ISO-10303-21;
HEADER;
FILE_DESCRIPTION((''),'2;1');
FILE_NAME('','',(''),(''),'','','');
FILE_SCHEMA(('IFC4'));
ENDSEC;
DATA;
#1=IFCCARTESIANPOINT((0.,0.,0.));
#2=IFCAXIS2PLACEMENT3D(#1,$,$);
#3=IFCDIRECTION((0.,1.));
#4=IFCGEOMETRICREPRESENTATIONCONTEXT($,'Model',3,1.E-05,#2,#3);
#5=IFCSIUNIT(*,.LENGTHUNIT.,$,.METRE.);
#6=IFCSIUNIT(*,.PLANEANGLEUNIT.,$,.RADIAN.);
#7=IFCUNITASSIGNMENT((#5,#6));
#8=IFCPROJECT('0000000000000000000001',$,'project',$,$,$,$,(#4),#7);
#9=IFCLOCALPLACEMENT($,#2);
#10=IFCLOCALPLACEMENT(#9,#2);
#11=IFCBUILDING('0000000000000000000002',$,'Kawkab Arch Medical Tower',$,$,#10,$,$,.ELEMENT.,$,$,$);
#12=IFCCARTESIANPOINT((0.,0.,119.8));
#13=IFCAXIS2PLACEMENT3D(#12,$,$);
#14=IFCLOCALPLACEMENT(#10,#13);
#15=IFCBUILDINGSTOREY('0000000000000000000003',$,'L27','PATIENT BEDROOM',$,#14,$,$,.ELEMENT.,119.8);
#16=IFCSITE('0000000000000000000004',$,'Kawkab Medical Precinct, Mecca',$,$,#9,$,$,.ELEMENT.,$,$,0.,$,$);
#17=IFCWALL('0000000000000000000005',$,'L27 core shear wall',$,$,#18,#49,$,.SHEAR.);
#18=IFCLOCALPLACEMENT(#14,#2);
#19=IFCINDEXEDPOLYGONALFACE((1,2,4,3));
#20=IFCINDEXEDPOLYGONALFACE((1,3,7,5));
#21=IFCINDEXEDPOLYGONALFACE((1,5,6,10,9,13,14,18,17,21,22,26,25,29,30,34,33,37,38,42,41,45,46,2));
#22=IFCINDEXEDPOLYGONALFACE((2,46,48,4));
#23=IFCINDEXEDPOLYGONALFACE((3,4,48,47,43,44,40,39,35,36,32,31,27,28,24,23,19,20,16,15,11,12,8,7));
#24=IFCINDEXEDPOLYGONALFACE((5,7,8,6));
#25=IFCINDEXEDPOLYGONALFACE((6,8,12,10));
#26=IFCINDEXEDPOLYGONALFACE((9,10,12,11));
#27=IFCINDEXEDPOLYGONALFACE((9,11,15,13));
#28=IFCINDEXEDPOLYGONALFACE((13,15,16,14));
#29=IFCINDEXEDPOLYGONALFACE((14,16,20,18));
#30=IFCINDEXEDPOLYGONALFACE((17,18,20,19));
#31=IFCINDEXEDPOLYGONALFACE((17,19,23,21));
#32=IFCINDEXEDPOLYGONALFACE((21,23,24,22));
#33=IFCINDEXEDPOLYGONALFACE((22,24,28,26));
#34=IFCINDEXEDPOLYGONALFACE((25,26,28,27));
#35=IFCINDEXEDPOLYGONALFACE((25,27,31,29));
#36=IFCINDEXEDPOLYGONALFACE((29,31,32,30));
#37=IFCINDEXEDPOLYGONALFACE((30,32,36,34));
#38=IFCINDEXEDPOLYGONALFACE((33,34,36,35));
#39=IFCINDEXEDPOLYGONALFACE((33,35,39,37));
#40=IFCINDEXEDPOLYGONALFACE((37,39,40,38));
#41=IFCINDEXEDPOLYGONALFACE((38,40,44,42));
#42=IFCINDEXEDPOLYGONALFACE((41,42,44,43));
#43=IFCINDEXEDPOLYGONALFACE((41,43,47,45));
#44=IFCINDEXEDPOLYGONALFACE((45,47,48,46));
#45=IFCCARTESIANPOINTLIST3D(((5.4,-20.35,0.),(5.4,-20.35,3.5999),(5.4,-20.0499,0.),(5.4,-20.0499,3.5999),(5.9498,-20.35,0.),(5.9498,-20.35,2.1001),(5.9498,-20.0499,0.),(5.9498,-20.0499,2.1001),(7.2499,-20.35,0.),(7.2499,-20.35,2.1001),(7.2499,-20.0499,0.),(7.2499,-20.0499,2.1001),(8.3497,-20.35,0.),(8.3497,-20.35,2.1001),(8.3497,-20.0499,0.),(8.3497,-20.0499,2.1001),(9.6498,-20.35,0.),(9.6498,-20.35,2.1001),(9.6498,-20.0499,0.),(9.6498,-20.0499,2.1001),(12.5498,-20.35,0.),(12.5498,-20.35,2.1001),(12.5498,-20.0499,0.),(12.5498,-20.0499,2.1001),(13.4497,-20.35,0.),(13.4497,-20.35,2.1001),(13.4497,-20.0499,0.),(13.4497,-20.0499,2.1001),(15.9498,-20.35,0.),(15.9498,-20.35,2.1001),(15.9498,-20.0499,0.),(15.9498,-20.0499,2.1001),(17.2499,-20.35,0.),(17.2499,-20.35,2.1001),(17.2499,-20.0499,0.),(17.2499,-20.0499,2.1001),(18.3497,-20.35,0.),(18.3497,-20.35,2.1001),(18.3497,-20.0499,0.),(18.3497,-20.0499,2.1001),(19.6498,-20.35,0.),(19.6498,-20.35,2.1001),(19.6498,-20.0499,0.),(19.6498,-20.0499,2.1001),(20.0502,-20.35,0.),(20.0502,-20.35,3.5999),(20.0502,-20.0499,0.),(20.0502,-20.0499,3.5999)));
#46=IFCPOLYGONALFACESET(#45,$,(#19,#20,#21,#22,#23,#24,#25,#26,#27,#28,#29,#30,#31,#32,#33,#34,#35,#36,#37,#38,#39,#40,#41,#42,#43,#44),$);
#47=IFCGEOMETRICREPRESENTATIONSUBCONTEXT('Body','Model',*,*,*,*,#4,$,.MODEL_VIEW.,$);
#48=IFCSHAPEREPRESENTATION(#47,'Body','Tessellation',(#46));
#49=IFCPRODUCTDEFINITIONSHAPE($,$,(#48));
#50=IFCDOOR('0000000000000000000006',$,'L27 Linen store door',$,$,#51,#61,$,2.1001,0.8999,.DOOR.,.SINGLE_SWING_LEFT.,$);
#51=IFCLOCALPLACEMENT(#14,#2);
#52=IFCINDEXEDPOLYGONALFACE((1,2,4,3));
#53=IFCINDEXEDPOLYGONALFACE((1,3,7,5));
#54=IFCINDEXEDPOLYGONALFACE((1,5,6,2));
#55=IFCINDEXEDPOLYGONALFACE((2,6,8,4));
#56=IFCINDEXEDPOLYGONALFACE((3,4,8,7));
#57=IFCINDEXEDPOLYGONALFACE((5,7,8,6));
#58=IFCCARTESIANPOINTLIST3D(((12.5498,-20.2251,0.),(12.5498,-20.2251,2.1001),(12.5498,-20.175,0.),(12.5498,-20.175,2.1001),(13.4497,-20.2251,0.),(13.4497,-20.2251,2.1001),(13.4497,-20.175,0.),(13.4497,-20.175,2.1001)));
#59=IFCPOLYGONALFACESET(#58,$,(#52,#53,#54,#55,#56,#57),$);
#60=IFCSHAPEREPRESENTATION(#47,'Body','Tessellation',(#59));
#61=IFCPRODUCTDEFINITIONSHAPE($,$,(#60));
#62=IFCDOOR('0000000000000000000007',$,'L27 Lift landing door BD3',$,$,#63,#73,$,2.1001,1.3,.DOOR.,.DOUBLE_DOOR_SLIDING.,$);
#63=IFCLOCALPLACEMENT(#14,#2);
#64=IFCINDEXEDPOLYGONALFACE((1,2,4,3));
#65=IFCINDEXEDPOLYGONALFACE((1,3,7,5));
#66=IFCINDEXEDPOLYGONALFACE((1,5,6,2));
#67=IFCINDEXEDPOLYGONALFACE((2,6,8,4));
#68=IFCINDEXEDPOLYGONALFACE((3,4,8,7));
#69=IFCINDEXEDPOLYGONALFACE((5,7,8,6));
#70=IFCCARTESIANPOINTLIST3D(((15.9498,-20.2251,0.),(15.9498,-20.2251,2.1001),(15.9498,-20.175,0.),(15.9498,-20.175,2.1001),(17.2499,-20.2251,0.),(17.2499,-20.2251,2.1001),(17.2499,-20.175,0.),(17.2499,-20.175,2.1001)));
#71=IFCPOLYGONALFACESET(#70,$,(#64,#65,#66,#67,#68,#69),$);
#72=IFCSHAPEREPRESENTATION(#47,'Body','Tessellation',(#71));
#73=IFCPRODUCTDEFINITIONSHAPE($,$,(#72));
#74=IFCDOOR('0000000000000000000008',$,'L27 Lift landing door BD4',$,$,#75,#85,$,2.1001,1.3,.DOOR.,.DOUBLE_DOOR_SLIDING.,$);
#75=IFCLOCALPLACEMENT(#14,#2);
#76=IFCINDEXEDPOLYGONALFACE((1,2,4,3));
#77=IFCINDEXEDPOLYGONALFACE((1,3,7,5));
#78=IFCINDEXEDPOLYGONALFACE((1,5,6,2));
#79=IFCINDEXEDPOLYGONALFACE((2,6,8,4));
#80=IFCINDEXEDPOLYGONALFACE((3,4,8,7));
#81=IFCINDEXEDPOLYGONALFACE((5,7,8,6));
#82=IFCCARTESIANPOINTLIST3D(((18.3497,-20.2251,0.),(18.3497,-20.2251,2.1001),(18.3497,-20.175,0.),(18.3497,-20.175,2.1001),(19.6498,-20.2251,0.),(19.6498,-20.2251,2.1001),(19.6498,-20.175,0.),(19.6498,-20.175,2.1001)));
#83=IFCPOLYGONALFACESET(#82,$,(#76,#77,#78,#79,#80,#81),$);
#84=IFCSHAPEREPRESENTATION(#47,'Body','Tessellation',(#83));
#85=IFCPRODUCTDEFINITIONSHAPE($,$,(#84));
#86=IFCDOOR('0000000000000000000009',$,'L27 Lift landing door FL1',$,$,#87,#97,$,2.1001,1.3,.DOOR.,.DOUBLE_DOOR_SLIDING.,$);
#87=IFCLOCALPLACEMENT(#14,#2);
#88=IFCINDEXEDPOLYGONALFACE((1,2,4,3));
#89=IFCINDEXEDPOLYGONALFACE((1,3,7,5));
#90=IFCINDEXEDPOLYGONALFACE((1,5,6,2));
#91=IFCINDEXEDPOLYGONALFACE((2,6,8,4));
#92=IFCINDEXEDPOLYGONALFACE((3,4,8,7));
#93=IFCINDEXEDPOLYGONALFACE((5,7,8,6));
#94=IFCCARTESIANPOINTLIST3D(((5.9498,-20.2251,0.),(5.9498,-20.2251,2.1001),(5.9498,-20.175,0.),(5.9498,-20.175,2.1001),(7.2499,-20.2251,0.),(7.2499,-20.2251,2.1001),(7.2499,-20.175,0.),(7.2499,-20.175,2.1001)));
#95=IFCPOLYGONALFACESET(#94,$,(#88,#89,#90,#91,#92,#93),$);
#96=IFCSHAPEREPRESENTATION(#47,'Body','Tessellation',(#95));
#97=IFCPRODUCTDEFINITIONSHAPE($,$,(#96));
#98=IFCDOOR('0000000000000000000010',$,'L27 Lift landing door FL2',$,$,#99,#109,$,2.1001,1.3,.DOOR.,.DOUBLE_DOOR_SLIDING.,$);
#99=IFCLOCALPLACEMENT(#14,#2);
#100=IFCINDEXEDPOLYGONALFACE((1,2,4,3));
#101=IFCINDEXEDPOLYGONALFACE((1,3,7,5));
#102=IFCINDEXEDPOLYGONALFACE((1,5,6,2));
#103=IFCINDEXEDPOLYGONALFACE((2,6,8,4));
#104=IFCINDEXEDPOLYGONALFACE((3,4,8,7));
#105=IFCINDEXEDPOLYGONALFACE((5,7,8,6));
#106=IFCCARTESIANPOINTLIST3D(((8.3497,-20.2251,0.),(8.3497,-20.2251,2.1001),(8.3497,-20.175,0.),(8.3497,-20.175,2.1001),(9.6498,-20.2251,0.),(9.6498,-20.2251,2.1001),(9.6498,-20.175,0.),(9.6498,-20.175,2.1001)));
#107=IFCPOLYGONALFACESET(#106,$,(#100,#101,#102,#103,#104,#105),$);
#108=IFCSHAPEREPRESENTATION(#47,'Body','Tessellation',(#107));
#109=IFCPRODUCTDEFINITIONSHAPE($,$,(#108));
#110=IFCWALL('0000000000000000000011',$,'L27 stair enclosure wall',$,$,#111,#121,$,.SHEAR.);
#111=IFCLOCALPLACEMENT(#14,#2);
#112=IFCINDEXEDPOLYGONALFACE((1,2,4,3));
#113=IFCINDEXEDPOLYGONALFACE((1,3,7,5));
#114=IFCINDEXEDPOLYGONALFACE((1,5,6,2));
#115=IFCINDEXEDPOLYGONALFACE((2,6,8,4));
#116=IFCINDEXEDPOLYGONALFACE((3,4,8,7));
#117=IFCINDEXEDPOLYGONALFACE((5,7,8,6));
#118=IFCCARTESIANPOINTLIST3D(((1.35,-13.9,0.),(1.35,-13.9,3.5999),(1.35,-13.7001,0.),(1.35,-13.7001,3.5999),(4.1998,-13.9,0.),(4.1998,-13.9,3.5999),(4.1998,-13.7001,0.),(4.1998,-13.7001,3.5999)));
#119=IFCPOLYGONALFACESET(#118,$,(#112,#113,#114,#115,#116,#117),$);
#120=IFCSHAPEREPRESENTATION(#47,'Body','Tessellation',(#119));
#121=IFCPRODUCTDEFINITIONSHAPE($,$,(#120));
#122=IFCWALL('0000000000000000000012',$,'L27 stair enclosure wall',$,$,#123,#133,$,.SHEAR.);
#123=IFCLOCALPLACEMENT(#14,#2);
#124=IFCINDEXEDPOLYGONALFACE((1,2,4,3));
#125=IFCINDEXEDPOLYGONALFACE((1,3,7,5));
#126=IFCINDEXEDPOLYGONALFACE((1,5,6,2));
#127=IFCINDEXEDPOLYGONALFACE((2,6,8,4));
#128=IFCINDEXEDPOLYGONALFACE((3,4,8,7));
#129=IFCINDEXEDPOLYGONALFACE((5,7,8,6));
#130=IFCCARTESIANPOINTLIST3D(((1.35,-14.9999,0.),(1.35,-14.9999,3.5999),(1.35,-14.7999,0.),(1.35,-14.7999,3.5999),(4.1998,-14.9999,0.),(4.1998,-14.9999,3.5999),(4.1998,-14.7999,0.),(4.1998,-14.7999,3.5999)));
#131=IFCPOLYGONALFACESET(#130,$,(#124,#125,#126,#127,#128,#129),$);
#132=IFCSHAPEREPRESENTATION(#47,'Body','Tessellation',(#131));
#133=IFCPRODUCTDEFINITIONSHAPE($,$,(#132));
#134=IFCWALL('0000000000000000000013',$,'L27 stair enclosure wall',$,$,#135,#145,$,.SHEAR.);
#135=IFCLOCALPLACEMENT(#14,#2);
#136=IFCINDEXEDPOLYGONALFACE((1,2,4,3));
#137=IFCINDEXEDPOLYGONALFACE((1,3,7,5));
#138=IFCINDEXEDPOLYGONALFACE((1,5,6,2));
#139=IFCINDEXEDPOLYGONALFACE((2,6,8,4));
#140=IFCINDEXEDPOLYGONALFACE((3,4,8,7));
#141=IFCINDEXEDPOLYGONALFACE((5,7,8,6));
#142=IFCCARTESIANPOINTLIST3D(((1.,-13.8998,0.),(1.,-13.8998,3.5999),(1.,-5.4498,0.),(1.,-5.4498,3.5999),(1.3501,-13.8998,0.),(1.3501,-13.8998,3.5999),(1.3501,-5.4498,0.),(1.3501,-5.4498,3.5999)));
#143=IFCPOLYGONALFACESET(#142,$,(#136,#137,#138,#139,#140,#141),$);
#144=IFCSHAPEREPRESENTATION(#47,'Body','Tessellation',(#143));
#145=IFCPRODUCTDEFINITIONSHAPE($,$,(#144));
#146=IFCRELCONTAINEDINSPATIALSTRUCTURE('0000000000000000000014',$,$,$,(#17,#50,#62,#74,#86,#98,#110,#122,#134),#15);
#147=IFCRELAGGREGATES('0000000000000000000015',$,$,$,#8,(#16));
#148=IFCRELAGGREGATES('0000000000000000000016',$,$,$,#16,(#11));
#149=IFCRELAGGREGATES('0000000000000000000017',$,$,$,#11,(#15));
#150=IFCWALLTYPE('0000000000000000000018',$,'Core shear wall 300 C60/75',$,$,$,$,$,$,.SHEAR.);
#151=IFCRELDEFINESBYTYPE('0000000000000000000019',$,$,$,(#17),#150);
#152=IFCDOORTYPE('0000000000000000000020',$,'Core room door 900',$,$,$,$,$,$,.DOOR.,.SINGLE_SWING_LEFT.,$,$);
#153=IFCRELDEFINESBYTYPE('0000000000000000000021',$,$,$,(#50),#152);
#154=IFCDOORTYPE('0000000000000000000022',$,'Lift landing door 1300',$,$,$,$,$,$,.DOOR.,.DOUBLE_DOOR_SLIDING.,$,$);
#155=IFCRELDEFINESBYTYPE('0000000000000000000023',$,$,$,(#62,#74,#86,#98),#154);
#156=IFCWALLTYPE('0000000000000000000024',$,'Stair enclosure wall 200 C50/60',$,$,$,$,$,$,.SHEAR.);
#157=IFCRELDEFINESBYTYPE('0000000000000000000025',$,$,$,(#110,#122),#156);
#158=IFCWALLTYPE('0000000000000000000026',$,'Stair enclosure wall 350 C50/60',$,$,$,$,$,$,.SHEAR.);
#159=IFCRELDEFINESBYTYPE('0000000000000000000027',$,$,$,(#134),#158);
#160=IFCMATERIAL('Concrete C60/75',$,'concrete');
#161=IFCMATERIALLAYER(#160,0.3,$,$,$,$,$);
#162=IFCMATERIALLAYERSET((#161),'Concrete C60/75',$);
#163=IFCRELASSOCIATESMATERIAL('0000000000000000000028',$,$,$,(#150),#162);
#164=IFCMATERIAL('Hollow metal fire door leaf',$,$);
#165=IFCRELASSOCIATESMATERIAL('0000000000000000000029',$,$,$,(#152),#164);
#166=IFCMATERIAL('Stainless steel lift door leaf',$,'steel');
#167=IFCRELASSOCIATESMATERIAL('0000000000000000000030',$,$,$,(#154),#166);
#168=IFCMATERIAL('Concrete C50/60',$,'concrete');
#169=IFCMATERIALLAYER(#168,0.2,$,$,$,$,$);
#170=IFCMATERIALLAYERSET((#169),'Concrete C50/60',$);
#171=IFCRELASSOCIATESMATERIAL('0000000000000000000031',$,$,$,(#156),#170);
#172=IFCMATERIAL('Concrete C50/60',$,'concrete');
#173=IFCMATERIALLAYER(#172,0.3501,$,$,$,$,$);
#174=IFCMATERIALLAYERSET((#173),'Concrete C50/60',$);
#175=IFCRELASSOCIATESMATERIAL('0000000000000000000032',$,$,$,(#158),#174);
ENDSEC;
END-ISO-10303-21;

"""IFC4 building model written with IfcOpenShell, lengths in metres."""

from ifc_helpers import new_model, si_unit, direction, frame, frame_2d, origin, place, context, subcontext, project, spatial, rectangle, extrude, material, layer, layer_set, type_object, element, fill, save


model = new_model("IFC4")

# Units and contexts
model_context = context("Model", 3, precision=1e-05, world=origin(), true_north=direction((0.0, 1.0)))
body_context = subcontext(model_context, "Body", "Model", "MODEL_VIEW")
ifc_project = project(units=[si_unit("LENGTHUNIT", "METRE"), si_unit("PLANEANGLEUNIT", "RADIAN")], contexts=[model_context])

# Site, building, storey
site_placement = place(None, origin())
site = spatial("IfcSite", under=ifc_project, at=site_placement, Name="Kawkab Medical Precinct, Mecca", CompositionType="ELEMENT", RefElevation=0.0)
building_placement = place(site_placement, origin())
building = spatial("IfcBuilding", under=site, at=building_placement, Name="Kawkab Arch Medical Tower", CompositionType="ELEMENT")
storey_placement = place(building_placement, frame((0.0, 0.0, 119.8)))
storey = spatial("IfcBuildingStorey", under=building, at=storey_placement, Name="L27", Description="PATIENT BEDROOM", CompositionType="ELEMENT", Elevation=119.8)

# Shared definitions
ifc_material_1 = material(Name="Concrete C60/75", Category="concrete")
ifc_layer_1 = layer(ifc_material_1, 0.3)
ifc_layer_set_1 = layer_set([ifc_layer_1], Name="Concrete C60/75")
wall_type_1 = type_object("IfcWallType", Name="Core shear wall 300 C60/75", PredefinedType="SHEAR", material=ifc_layer_set_1)

# Wall, openings, doors
wall_1_placement = place(storey_placement, frame((5.3999, -20.2, 0.0), z_axis=(0.0, 0.0, 1.0), x_axis=(1.0, 0.0, 0.0)))
wall_1 = element("IfcWall", 1, at=wall_1_placement, inside=storey, type_object=wall_type_1, Name="L27 core shear wall", PredefinedType="SHEAR", context=body_context, shape_type="SweptSolid", body=[
    extrude(rectangle(XDim=14.6501, YDim=0.3, at=frame_2d((7.3252, 0.0))), origin(), (0.0, 0.0, 1.0), 3.5999),
])
opening_1_placement = place(wall_1_placement, frame((10.55, 0.0, 0.0)))
opening_1 = element("IfcOpeningElement", 2, at=opening_1_placement, cuts=wall_1, PredefinedType="OPENING", context=body_context, shape_type="SweptSolid", body=[
    extrude(rectangle(XDim=1.3, YDim=2.1001, at=frame_2d((0.6499, 1.05))), frame((0.0, 0.1599, 0.0), z_axis=(0.0, -1.0, 0.0), x_axis=(1.0, 0.0, 0.0)), (0.0, 0.0, 1.0), 0.3201),
])
opening_2_placement = place(wall_1_placement, frame((12.95, 0.0, 0.0)))
opening_2 = element("IfcOpeningElement", 3, at=opening_2_placement, cuts=wall_1, PredefinedType="OPENING", context=body_context, shape_type="SweptSolid", body=[
    extrude(rectangle(XDim=1.3, YDim=2.1001, at=frame_2d((0.6499, 1.05))), frame((0.0, 0.1599, 0.0), z_axis=(0.0, -1.0, 0.0), x_axis=(1.0, 0.0, 0.0)), (0.0, 0.0, 1.0), 0.3201),
])
opening_3_placement = place(wall_1_placement, frame((0.55, 0.0, 0.0)))
opening_3 = element("IfcOpeningElement", 4, at=opening_3_placement, cuts=wall_1, PredefinedType="OPENING", context=body_context, shape_type="SweptSolid", body=[
    extrude(rectangle(XDim=1.3, YDim=2.1001, at=frame_2d((0.6499, 1.05))), frame((0.0, 0.1599, 0.0), z_axis=(0.0, -1.0, 0.0), x_axis=(1.0, 0.0, 0.0)), (0.0, 0.0, 1.0), 0.3201),
])
opening_4_placement = place(wall_1_placement, frame((2.95, 0.0, 0.0)))
opening_4 = element("IfcOpeningElement", 5, at=opening_4_placement, cuts=wall_1, PredefinedType="OPENING", context=body_context, shape_type="SweptSolid", body=[
    extrude(rectangle(XDim=1.3, YDim=2.1001, at=frame_2d((0.6499, 1.05))), frame((0.0, 0.1599, 0.0), z_axis=(0.0, -1.0, 0.0), x_axis=(1.0, 0.0, 0.0)), (0.0, 0.0, 1.0), 0.3201),
])
opening_5_placement = place(wall_1_placement, frame((7.1499, 0.0, 0.0)))
opening_5 = element("IfcOpeningElement", 6, at=opening_5_placement, cuts=wall_1, PredefinedType="OPENING", context=body_context, shape_type="SweptSolid", body=[
    extrude(rectangle(XDim=0.8999, YDim=2.1001, at=frame_2d((0.45, 1.05))), frame((0.0, 0.1599, 0.0), z_axis=(0.0, -1.0, 0.0), x_axis=(1.0, 0.0, 0.0)), (0.0, 0.0, 1.0), 0.3201),
])
ifc_material_2 = material(Name="Hollow metal fire door leaf")
door_type_1 = type_object("IfcDoorType", Name="Core room door 900", OperationType="SINGLE_SWING_LEFT", PredefinedType="DOOR", material=ifc_material_2)
door_1_placement = place(opening_5_placement, origin())
door_1 = element("IfcDoor", 7, at=door_1_placement, inside=storey, type_object=door_type_1, Name="L27 Linen store door", OperationType="SINGLE_SWING_LEFT", OverallHeight=2.1001, OverallWidth=0.8999, PredefinedType="DOOR", context=body_context, shape_type="SweptSolid", body=[
    extrude(rectangle(XDim=0.8999, YDim=2.1001, at=frame_2d((0.45, 1.05))), frame((0.0, 0.0249, 0.0), z_axis=(0.0, -1.0, 0.0), x_axis=(1.0, 0.0, 0.0)), (0.0, 0.0, 1.0), 0.05),
])
fill(opening_5, door_1)
ifc_material_3 = material(Name="Stainless steel lift door leaf", Category="steel")
door_type_2 = type_object("IfcDoorType", Name="Lift landing door 1300", OperationType="DOUBLE_DOOR_SLIDING", PredefinedType="DOOR", material=ifc_material_3)
door_2_placement = place(opening_1_placement, origin())
door_2 = element("IfcDoor", 8, at=door_2_placement, inside=storey, type_object=door_type_2, Name="L27 Lift landing door BD3", OperationType="DOUBLE_DOOR_SLIDING", OverallHeight=2.1001, OverallWidth=1.3, PredefinedType="DOOR", context=body_context, shape_type="SweptSolid", body=[
    extrude(rectangle(XDim=1.3, YDim=2.1001, at=frame_2d((0.6499, 1.05))), frame((0.0, 0.0249, 0.0), z_axis=(0.0, -1.0, 0.0), x_axis=(1.0, 0.0, 0.0)), (0.0, 0.0, 1.0), 0.05),
])
fill(opening_1, door_2)
door_3_placement = place(opening_2_placement, origin())
door_3 = element("IfcDoor", 9, at=door_3_placement, inside=storey, type_object=door_type_2, Name="L27 Lift landing door BD4", OperationType="DOUBLE_DOOR_SLIDING", OverallHeight=2.1001, OverallWidth=1.3, PredefinedType="DOOR", context=body_context, shape_type="SweptSolid", body=[
    extrude(rectangle(XDim=1.3, YDim=2.1001, at=frame_2d((0.6499, 1.05))), frame((0.0, 0.0249, 0.0), z_axis=(0.0, -1.0, 0.0), x_axis=(1.0, 0.0, 0.0)), (0.0, 0.0, 1.0), 0.05),
])
fill(opening_2, door_3)
door_4_placement = place(opening_3_placement, origin())
door_4 = element("IfcDoor", 10, at=door_4_placement, inside=storey, type_object=door_type_2, Name="L27 Lift landing door FL1", OperationType="DOUBLE_DOOR_SLIDING", OverallHeight=2.1001, OverallWidth=1.3, PredefinedType="DOOR", context=body_context, shape_type="SweptSolid", body=[
    extrude(rectangle(XDim=1.3, YDim=2.1001, at=frame_2d((0.6499, 1.05))), frame((0.0, 0.0249, 0.0), z_axis=(0.0, -1.0, 0.0), x_axis=(1.0, 0.0, 0.0)), (0.0, 0.0, 1.0), 0.05),
])
fill(opening_3, door_4)
door_5_placement = place(opening_4_placement, origin())
door_5 = element("IfcDoor", 11, at=door_5_placement, inside=storey, type_object=door_type_2, Name="L27 Lift landing door FL2", OperationType="DOUBLE_DOOR_SLIDING", OverallHeight=2.1001, OverallWidth=1.3, PredefinedType="DOOR", context=body_context, shape_type="SweptSolid", body=[
    extrude(rectangle(XDim=1.3, YDim=2.1001, at=frame_2d((0.6499, 1.05))), frame((0.0, 0.0249, 0.0), z_axis=(0.0, -1.0, 0.0), x_axis=(1.0, 0.0, 0.0)), (0.0, 0.0, 1.0), 0.05),
])
fill(opening_4, door_5)

# Walls
ifc_material_4 = material(Name="Concrete C50/60", Category="concrete")
ifc_layer_2 = layer(ifc_material_4, 0.2)
ifc_layer_set_2 = layer_set([ifc_layer_2], Name="Concrete C50/60")
wall_type_2 = type_object("IfcWallType", Name="Stair enclosure wall 200 C50/60", PredefinedType="SHEAR", material=ifc_layer_set_2)
for number, where, z_axis, x_axis, name in (
    (12, (1.3501, -13.8, 0.0), (0.0, 0.0, 1.0), (1.0, 0.0, 0.0), "L27 stair enclosure wall"),
    (13, (1.3501, -14.8999, 0.0), (0.0, 0.0, 1.0), (1.0, 0.0, 0.0), "L27 stair enclosure wall"),
):
    element("IfcWall", number, at=place(storey_placement, frame(where, z_axis=z_axis, x_axis=x_axis)), inside=storey, type_object=wall_type_2, Name=name, PredefinedType="SHEAR", context=body_context, shape_type="SweptSolid", body=[
        extrude(rectangle(XDim=2.8499, YDim=0.2, at=frame_2d((1.4248, 0.0))), origin(), (0.0, 0.0, 1.0), 3.5999),
    ])
ifc_material_5 = material(Name="Concrete C50/60", Category="concrete")
ifc_layer_3 = layer(ifc_material_5, 0.3501)
ifc_layer_set_3 = layer_set([ifc_layer_3], Name="Concrete C50/60")
wall_type_3 = type_object("IfcWallType", Name="Stair enclosure wall 350 C50/60", PredefinedType="SHEAR", material=ifc_layer_set_3)
wall_2_placement = place(storey_placement, frame((1.175, -13.8999, 0.0), z_axis=(0.0, 0.0, 1.0), x_axis=(0.0, 1.0, 0.0)))
element("IfcWall", 14, at=wall_2_placement, inside=storey, type_object=wall_type_3, Name="L27 stair enclosure wall", PredefinedType="SHEAR", context=body_context, shape_type="SweptSolid", body=[
    extrude(rectangle(XDim=8.45, YDim=0.3501, at=frame_2d((4.2251, 0.0))), origin(), (0.0, 0.0, 1.0), 3.5999),
])

save(model, "model.ifc")
